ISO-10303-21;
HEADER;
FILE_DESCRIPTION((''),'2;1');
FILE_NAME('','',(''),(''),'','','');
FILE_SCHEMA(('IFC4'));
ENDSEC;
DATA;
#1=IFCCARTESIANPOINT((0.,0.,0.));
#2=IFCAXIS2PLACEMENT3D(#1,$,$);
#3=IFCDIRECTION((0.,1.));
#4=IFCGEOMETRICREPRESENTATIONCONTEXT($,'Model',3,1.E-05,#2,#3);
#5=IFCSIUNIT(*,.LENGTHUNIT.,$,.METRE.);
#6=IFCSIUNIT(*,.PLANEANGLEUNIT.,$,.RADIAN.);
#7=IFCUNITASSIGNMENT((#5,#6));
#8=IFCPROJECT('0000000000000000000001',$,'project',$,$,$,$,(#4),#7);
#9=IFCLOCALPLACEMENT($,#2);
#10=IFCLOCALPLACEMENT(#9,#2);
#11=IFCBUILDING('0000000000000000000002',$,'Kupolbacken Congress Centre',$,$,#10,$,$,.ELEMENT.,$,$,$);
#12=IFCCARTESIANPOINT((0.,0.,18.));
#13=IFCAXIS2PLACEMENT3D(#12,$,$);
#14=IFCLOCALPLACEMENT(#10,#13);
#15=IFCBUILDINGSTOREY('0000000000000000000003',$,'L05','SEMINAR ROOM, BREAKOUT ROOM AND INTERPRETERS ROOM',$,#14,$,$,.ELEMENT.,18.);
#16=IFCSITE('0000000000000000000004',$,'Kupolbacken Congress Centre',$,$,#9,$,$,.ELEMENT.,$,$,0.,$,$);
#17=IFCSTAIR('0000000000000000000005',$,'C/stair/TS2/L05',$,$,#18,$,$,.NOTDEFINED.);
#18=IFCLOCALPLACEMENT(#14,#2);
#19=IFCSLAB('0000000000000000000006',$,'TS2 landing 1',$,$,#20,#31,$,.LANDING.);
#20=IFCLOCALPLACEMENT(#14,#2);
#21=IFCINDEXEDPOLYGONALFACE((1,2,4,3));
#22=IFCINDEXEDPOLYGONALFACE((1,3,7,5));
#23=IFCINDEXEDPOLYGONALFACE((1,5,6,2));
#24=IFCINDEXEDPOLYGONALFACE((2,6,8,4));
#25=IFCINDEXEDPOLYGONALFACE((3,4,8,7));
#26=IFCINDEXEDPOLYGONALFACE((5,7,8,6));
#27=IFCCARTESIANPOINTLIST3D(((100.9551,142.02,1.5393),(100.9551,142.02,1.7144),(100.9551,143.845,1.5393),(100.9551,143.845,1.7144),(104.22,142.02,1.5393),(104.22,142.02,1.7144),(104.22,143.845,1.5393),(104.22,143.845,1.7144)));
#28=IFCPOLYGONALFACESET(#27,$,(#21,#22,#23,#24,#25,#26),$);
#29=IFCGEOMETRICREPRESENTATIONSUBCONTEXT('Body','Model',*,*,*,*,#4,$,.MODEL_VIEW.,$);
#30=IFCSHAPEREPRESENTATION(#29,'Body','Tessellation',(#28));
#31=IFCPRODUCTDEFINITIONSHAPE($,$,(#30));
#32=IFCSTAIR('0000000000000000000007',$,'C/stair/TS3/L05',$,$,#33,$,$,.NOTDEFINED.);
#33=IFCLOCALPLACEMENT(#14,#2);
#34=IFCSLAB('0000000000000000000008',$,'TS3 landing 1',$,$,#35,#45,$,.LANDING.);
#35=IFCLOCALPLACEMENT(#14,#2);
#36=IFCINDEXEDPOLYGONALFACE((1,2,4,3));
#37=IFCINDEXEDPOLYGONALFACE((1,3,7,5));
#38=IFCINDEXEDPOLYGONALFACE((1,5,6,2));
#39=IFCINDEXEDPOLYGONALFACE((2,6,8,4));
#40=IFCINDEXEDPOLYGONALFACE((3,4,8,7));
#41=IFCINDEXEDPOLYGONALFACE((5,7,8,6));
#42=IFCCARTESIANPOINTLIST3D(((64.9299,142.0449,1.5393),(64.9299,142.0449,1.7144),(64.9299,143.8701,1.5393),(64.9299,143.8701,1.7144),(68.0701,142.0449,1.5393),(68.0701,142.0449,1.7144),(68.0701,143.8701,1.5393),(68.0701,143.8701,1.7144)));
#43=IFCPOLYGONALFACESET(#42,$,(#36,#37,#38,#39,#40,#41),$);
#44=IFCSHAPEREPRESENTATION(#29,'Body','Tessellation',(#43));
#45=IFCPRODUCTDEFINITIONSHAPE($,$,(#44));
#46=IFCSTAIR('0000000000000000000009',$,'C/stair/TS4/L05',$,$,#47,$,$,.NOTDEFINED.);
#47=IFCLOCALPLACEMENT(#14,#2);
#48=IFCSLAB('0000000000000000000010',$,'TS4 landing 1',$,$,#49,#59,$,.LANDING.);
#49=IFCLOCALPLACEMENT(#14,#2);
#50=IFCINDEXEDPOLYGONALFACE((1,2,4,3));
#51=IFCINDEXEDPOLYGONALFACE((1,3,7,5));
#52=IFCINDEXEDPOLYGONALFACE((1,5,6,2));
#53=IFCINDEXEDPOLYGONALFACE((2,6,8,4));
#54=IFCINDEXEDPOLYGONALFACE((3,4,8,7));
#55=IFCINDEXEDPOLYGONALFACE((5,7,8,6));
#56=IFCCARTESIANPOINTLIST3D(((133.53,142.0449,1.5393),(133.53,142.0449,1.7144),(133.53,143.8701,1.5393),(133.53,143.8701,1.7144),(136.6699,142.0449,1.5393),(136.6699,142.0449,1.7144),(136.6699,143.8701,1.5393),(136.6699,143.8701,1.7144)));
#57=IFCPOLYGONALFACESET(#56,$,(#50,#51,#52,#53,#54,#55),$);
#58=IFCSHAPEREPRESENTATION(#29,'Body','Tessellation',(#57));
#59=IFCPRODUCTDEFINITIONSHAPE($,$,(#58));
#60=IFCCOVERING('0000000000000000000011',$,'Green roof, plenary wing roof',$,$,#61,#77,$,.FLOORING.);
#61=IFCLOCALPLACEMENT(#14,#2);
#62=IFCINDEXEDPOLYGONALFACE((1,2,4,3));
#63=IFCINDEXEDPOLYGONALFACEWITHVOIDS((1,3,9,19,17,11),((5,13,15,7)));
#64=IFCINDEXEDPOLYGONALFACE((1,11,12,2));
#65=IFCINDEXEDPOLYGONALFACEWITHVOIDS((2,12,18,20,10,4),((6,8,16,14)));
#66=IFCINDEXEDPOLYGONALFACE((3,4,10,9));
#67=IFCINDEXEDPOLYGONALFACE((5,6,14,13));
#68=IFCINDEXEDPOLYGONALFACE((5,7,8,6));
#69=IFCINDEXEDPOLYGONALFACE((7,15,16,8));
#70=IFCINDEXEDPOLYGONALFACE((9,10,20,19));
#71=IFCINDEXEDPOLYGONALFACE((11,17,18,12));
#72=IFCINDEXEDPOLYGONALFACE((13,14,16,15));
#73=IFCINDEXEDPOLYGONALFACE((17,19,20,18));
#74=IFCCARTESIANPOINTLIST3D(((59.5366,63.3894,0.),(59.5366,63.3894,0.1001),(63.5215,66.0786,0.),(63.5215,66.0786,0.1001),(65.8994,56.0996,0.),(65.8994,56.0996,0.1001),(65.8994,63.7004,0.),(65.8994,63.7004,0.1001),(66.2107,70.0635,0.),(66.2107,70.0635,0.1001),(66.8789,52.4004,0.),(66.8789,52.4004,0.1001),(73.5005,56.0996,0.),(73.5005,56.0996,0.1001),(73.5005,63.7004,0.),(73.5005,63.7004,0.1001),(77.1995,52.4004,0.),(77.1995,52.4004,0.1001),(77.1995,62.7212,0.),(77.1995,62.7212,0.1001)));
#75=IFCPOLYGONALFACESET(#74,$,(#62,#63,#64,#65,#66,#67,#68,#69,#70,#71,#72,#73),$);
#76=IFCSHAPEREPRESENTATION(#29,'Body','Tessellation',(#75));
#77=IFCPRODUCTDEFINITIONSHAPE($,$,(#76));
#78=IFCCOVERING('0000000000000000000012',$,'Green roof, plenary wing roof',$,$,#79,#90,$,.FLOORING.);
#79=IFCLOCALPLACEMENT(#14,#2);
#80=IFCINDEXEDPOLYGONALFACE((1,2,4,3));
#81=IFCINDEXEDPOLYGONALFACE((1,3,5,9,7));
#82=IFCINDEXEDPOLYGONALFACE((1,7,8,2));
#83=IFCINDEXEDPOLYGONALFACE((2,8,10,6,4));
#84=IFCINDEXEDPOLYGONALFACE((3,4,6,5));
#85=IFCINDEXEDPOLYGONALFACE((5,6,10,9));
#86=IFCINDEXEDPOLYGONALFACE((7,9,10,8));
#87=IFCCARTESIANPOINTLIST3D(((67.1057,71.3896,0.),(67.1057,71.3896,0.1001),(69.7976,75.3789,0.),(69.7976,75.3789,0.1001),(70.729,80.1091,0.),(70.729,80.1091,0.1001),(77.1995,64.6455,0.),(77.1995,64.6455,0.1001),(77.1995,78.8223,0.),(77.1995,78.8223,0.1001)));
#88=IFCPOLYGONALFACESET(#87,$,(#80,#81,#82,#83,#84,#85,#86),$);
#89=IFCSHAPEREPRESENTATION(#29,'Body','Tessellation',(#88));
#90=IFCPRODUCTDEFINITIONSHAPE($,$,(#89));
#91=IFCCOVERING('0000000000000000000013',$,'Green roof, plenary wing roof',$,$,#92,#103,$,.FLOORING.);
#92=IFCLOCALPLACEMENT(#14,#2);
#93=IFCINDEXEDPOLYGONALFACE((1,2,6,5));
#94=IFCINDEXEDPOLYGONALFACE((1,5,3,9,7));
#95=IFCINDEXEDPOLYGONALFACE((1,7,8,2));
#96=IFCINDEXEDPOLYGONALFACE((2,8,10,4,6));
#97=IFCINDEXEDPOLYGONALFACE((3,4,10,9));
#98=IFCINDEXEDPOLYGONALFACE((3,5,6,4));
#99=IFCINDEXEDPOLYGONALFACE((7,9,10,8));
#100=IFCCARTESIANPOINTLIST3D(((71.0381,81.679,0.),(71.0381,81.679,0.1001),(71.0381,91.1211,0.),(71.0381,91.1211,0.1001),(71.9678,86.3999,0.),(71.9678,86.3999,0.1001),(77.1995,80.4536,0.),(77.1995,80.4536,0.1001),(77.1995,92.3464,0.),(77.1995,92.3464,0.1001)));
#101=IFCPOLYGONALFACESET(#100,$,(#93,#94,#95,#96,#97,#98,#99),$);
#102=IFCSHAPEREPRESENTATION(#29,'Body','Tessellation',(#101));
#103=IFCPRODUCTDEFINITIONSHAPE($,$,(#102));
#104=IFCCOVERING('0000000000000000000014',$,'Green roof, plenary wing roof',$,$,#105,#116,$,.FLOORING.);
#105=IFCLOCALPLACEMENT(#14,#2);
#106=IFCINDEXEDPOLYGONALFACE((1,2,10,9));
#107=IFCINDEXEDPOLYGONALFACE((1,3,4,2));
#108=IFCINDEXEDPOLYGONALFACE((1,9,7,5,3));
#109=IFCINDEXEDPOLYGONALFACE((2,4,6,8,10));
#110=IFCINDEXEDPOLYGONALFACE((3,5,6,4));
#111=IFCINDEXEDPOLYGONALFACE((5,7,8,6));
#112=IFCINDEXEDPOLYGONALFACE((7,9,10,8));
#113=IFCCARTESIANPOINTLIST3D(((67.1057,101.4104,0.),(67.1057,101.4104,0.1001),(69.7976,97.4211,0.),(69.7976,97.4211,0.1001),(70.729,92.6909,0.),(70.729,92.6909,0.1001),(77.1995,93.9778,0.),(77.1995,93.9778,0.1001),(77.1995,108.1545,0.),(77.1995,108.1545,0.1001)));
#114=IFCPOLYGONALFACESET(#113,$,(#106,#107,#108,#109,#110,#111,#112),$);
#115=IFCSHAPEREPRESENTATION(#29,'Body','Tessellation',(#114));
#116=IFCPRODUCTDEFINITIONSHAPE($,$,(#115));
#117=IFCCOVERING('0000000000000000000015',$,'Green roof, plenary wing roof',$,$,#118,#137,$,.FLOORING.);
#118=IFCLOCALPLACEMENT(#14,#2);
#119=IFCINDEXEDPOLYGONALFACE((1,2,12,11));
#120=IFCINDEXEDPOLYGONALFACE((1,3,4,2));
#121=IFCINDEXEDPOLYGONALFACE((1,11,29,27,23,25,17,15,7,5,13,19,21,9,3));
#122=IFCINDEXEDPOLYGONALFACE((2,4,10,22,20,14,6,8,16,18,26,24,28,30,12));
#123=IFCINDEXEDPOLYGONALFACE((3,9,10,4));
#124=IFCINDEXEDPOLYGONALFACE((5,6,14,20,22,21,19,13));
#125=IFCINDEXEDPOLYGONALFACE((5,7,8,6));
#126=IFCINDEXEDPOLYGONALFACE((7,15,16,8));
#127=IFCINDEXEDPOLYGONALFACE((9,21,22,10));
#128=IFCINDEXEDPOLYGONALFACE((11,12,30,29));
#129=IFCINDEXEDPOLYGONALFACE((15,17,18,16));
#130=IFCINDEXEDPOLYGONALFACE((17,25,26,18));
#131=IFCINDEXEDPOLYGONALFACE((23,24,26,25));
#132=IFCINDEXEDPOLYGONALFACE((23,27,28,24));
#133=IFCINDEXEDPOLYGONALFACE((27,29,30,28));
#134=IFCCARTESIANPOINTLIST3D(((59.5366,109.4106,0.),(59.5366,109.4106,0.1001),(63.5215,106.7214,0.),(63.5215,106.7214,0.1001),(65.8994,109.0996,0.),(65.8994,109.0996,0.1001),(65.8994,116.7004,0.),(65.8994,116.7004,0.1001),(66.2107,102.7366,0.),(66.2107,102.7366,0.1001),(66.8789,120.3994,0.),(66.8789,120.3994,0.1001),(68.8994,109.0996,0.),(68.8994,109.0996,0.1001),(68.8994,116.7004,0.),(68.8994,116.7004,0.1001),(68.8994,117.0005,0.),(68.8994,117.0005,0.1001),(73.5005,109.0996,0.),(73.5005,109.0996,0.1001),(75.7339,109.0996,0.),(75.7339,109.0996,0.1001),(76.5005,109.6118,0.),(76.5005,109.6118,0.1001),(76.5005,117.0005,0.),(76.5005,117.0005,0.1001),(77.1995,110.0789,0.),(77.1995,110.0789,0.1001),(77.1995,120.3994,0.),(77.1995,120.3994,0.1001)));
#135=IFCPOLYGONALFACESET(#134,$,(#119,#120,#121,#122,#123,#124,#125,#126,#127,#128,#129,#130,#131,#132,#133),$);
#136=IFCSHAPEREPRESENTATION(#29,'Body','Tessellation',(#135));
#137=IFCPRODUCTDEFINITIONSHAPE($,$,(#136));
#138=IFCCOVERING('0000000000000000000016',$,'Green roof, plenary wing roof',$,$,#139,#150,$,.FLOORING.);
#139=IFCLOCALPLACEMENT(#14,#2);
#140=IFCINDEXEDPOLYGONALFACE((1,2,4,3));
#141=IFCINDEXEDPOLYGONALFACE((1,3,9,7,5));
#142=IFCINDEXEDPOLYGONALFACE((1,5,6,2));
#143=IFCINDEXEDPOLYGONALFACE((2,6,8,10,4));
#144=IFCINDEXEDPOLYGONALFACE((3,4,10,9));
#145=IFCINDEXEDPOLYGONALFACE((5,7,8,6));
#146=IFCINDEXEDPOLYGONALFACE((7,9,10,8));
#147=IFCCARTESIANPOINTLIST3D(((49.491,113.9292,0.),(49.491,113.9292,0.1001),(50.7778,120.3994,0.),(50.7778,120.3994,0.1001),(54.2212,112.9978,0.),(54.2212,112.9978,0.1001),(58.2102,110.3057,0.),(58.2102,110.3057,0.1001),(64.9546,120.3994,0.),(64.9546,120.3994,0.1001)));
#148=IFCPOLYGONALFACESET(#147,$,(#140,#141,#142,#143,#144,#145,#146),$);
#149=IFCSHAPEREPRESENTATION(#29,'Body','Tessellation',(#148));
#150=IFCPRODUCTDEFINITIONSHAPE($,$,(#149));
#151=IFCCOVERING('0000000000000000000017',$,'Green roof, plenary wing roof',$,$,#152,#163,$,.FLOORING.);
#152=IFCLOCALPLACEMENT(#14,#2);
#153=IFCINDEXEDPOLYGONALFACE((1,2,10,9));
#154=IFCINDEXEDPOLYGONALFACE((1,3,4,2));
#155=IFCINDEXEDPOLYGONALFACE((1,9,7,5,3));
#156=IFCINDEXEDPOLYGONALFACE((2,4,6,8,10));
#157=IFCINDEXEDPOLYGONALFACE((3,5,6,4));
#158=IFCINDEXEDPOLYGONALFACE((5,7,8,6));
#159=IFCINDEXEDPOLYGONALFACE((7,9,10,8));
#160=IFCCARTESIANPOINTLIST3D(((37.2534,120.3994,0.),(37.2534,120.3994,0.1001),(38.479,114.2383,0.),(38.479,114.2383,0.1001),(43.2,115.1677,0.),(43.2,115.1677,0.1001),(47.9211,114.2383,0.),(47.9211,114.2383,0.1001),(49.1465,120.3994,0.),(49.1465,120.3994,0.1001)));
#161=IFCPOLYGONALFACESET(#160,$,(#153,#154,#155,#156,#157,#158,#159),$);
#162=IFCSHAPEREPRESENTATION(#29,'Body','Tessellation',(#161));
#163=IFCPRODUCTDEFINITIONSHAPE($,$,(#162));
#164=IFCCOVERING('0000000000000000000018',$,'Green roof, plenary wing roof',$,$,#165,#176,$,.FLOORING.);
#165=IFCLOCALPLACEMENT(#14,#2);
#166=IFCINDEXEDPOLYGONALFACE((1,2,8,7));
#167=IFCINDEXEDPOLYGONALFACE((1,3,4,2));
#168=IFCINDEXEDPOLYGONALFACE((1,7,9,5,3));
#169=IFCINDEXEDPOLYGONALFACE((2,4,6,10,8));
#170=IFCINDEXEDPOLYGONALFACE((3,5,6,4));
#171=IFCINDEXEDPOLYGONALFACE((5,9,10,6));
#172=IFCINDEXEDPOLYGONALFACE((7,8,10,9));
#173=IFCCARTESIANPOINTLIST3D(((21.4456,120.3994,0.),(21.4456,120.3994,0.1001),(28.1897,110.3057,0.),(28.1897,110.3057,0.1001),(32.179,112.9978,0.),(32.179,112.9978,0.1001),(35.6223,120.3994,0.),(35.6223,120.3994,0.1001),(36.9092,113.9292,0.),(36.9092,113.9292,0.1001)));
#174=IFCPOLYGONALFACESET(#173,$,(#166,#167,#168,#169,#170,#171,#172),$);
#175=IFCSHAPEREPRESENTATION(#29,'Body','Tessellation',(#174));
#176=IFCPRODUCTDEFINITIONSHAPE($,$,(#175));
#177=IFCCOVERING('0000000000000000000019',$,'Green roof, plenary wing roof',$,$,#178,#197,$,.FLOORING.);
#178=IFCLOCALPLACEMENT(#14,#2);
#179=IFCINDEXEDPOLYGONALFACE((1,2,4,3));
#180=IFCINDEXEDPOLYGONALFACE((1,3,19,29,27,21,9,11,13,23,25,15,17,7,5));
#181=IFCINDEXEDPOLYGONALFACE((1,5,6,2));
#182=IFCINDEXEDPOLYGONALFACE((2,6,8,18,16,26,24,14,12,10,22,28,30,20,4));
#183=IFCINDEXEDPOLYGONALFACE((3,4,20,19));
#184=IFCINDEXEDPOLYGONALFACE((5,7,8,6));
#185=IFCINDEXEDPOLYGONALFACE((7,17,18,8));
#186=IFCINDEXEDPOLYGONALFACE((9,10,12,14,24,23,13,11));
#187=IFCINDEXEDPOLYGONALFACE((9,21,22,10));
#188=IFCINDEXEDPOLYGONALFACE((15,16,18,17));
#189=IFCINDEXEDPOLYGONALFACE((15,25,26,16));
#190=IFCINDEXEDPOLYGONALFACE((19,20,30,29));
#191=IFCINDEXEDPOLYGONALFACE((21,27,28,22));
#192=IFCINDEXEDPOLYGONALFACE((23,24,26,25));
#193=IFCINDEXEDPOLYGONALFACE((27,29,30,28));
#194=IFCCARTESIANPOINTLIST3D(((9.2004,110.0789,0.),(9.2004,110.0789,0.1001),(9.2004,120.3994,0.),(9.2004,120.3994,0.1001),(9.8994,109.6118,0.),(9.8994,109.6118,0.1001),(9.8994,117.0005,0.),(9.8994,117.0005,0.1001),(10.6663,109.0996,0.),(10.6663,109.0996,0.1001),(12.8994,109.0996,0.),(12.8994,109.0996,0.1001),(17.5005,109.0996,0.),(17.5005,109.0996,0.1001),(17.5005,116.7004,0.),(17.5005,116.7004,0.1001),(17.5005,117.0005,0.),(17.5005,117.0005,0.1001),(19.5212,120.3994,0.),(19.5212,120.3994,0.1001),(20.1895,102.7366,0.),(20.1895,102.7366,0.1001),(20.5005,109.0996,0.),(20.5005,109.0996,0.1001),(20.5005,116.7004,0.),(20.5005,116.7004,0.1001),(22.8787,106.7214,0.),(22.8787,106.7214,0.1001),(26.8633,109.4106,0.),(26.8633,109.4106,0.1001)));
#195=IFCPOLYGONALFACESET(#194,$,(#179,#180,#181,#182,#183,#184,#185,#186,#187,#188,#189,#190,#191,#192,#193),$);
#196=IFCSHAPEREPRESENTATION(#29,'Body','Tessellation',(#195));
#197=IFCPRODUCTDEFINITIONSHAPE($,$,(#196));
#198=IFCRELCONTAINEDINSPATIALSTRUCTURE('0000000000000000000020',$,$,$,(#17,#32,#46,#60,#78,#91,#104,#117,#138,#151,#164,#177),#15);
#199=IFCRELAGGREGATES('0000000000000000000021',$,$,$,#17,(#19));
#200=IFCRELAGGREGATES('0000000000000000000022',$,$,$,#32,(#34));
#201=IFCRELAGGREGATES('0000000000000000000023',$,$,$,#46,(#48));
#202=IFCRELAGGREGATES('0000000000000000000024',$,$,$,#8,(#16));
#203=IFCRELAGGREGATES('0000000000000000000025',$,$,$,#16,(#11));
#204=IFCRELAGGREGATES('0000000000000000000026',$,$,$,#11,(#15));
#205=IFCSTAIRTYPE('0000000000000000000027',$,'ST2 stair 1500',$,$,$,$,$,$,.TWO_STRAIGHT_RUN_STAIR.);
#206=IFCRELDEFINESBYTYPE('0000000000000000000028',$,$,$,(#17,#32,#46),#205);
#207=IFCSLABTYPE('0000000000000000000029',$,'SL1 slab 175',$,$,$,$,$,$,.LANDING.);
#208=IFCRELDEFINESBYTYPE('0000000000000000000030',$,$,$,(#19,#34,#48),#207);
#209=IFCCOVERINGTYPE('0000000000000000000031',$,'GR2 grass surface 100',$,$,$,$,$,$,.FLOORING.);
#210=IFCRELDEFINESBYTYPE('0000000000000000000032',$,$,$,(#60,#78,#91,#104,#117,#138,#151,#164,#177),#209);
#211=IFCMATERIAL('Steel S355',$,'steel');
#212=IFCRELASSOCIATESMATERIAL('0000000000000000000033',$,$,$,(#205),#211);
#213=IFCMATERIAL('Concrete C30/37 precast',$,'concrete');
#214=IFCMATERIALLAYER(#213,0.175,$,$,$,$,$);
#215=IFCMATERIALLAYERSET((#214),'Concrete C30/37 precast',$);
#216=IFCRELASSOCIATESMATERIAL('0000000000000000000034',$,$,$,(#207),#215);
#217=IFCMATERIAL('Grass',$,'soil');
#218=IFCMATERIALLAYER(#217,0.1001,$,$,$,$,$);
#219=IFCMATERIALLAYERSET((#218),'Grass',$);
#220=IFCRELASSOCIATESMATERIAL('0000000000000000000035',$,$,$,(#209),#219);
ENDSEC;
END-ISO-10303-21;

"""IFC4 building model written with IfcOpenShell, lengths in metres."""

from ifc_helpers import new_model, si_unit, direction, frame, origin, place, context, subcontext, project, spatial, polyline, outline, extrude, material, layer, layer_set, type_object, element, aggregate, save


model = new_model("IFC4")

# Units and contexts
model_context = context("Model", 3, precision=1e-05, world=origin(), true_north=direction((0.0, 1.0)))
body_context = subcontext(model_context, "Body", "Model", "MODEL_VIEW")
ifc_project = project(units=[si_unit("LENGTHUNIT", "METRE"), si_unit("PLANEANGLEUNIT", "RADIAN")], contexts=[model_context])

# Site, building, storey
site_placement = place(None, origin())
site = spatial("IfcSite", under=ifc_project, at=site_placement, Name="Kupolbacken Congress Centre", CompositionType="ELEMENT", RefElevation=0.0)
building_placement = place(site_placement, origin())
building = spatial("IfcBuilding", under=site, at=building_placement, Name="Kupolbacken Congress Centre", CompositionType="ELEMENT")
storey_placement = place(building_placement, frame((0.0, 0.0, 18.0)))
storey = spatial("IfcBuildingStorey", under=building, at=storey_placement, Name="L05", Description="SEMINAR ROOM, BREAKOUT ROOM AND INTERPRETERS ROOM", CompositionType="ELEMENT", Elevation=18.0)

# Stairs, slabs
ifc_material_1 = material(Name="Steel S355", Category="steel")
stair_type = type_object("IfcStairType", Name="ST2 stair 1500", PredefinedType="TWO_STRAIGHT_RUN_STAIR", material=ifc_material_1)
ifc_material_2 = material(Name="Concrete C30/37 precast", Category="concrete")
ifc_layer_1 = layer(ifc_material_2, 0.175)
ifc_layer_set_1 = layer_set([ifc_layer_1], Name="Concrete C30/37 precast")
slab_type_1 = type_object("IfcSlabType", Name="SL1 slab 175", PredefinedType="LANDING", material=ifc_layer_set_1)
stair_1_placement = place(storey_placement, origin())
stair_1 = element("IfcStair", 1, at=stair_1_placement, inside=storey, type_object=stair_type, Name="C/stair/TS2/L05", PredefinedType="NOTDEFINED")
slab_1_placement = place(storey_placement, frame((0.0, 0.0, 1.5393)))
slab_1 = element("IfcSlab", 2, at=slab_1_placement, type_object=slab_type_1, Name="TS2 landing 1", PredefinedType="LANDING", context=body_context, shape_type="SweptSolid", body=[
    extrude(outline(polyline([(100.9551, 142.02), (104.22, 142.02), (104.22, 143.845), (100.9551, 143.845), (100.9551, 142.02)])), origin(), (0.0, 0.0, 1.0), 0.175),
])
aggregate(stair_1, [slab_1])
stair_2_placement = place(storey_placement, origin())
stair_2 = element("IfcStair", 3, at=stair_2_placement, inside=storey, type_object=stair_type, Name="C/stair/TS3/L05", PredefinedType="NOTDEFINED")
slab_2_placement = place(storey_placement, frame((0.0, 0.0, 1.5393)))
slab_2 = element("IfcSlab", 4, at=slab_2_placement, type_object=slab_type_1, Name="TS3 landing 1", PredefinedType="LANDING", context=body_context, shape_type="SweptSolid", body=[
    extrude(outline(polyline([(64.9299, 142.0449), (68.0701, 142.0449), (68.0701, 143.8701), (64.9299, 143.8701), (64.9299, 142.0449)])), origin(), (0.0, 0.0, 1.0), 0.175),
])
aggregate(stair_2, [slab_2])
stair_3_placement = place(storey_placement, origin())
stair_3 = element("IfcStair", 5, at=stair_3_placement, inside=storey, type_object=stair_type, Name="C/stair/TS4/L05", PredefinedType="NOTDEFINED")
slab_3_placement = place(storey_placement, frame((0.0, 0.0, 1.5393)))
slab_3 = element("IfcSlab", 6, at=slab_3_placement, type_object=slab_type_1, Name="TS4 landing 1", PredefinedType="LANDING", context=body_context, shape_type="SweptSolid", body=[
    extrude(outline(polyline([(133.53, 142.0449), (136.6699, 142.0449), (136.6699, 143.8701), (133.53, 143.8701), (133.53, 142.0449)])), origin(), (0.0, 0.0, 1.0), 0.175),
])
aggregate(stair_3, [slab_3])

# Coverings
ifc_material_3 = material(Name="Grass", Category="soil")
ifc_layer_2 = layer(ifc_material_3, 0.1001)
ifc_layer_set_2 = layer_set([ifc_layer_2], Name="Grass")
covering_type = type_object("IfcCoveringType", Name="GR2 grass surface 100", PredefinedType="FLOORING", material=ifc_layer_set_2)
covering_1_placement = place(storey_placement, origin())
element("IfcCovering", 7, at=covering_1_placement, inside=storey, type_object=covering_type, Name="Green roof, plenary wing roof", PredefinedType="FLOORING", context=body_context, shape_type="SweptSolid", body=[
    extrude(outline(polyline([(77.1995, 62.7212), (77.1995, 52.4004), (66.8789, 52.4004), (59.5366, 63.3894), (63.5215, 66.0786), (66.2107, 70.0635), (77.1995, 62.7212)]), holes=[polyline([(73.5005, 56.0996), (73.5005, 63.7004), (65.8994, 63.7004), (65.8994, 56.0996), (73.5005, 56.0996)])]), origin(), (0.0, 0.0, 1.0), 0.1001),
])
covering_2_placement = place(storey_placement, origin())
element("IfcCovering", 8, at=covering_2_placement, inside=storey, type_object=covering_type, Name="Green roof, plenary wing roof", PredefinedType="FLOORING", context=body_context, shape_type="SweptSolid", body=[
    extrude(outline(polyline([(77.1995, 78.8223), (77.1995, 64.6455), (67.1057, 71.3896), (69.7976, 75.3789), (70.729, 80.1091), (77.1995, 78.8223)])), origin(), (0.0, 0.0, 1.0), 0.1001),
])
covering_3_placement = place(storey_placement, origin())
element("IfcCovering", 9, at=covering_3_placement, inside=storey, type_object=covering_type, Name="Green roof, plenary wing roof", PredefinedType="FLOORING", context=body_context, shape_type="SweptSolid", body=[
    extrude(outline(polyline([(77.1995, 92.3464), (77.1995, 80.4536), (71.0381, 81.679), (71.9678, 86.3999), (71.0381, 91.1211), (77.1995, 92.3464)])), origin(), (0.0, 0.0, 1.0), 0.1001),
])
covering_4_placement = place(storey_placement, origin())
element("IfcCovering", 10, at=covering_4_placement, inside=storey, type_object=covering_type, Name="Green roof, plenary wing roof", PredefinedType="FLOORING", context=body_context, shape_type="SweptSolid", body=[
    extrude(outline(polyline([(77.1995, 108.1545), (77.1995, 93.9778), (70.729, 92.6909), (69.7976, 97.4211), (67.1057, 101.4104), (77.1995, 108.1545)])), origin(), (0.0, 0.0, 1.0), 0.1001),
])
covering_5_placement = place(storey_placement, origin())
element("IfcCovering", 11, at=covering_5_placement, inside=storey, type_object=covering_type, Name="Green roof, plenary wing roof", PredefinedType="FLOORING", context=body_context, shape_type="SweptSolid", body=[
    extrude(outline(polyline([(66.8789, 120.3994), (77.1995, 120.3994), (77.1995, 110.0789), (76.5005, 109.6118), (76.5005, 117.0005), (68.8994, 117.0005), (68.8994, 116.7004), (65.8994, 116.7004), (65.8994, 109.0996), (68.8994, 109.0996), (73.5005, 109.0996), (75.7339, 109.0996), (66.2107, 102.7366), (63.5215, 106.7214), (59.5366, 109.4106), (66.8789, 120.3994)])), origin(), (0.0, 0.0, 1.0), 0.1001),
])
covering_6_placement = place(storey_placement, origin())
element("IfcCovering", 12, at=covering_6_placement, inside=storey, type_object=covering_type, Name="Green roof, plenary wing roof", PredefinedType="FLOORING", context=body_context, shape_type="SweptSolid", body=[
    extrude(outline(polyline([(50.7778, 120.3994), (64.9546, 120.3994), (58.2102, 110.3057), (54.2212, 112.9978), (49.491, 113.9292), (50.7778, 120.3994)])), origin(), (0.0, 0.0, 1.0), 0.1001),
])
covering_7_placement = place(storey_placement, origin())
element("IfcCovering", 13, at=covering_7_placement, inside=storey, type_object=covering_type, Name="Green roof, plenary wing roof", PredefinedType="FLOORING", context=body_context, shape_type="SweptSolid", body=[
    extrude(outline(polyline([(37.2534, 120.3994), (49.1465, 120.3994), (47.9211, 114.2383), (43.2, 115.1677), (38.479, 114.2383), (37.2534, 120.3994)])), origin(), (0.0, 0.0, 1.0), 0.1001),
])
covering_8_placement = place(storey_placement, origin())
element("IfcCovering", 14, at=covering_8_placement, inside=storey, type_object=covering_type, Name="Green roof, plenary wing roof", PredefinedType="FLOORING", context=body_context, shape_type="SweptSolid", body=[
    extrude(outline(polyline([(21.4456, 120.3994), (35.6223, 120.3994), (36.9092, 113.9292), (32.179, 112.9978), (28.1897, 110.3057), (21.4456, 120.3994)])), origin(), (0.0, 0.0, 1.0), 0.1001),
])
covering_9_placement = place(storey_placement, origin())
element("IfcCovering", 15, at=covering_9_placement, inside=storey, type_object=covering_type, Name="Green roof, plenary wing roof", PredefinedType="FLOORING", context=body_context, shape_type="SweptSolid", body=[
    extrude(outline(polyline([(10.6663, 109.0996), (12.8994, 109.0996), (17.5005, 109.0996), (20.5005, 109.0996), (20.5005, 116.7004), (17.5005, 116.7004), (17.5005, 117.0005), (9.8994, 117.0005), (9.8994, 109.6118), (9.2004, 110.0789), (9.2004, 120.3994), (19.5212, 120.3994), (26.8633, 109.4106), (22.8787, 106.7214), (20.1895, 102.7366), (10.6663, 109.0996)])), origin(), (0.0, 0.0, 1.0), 0.1001),
])

save(model, "model.ifc")
